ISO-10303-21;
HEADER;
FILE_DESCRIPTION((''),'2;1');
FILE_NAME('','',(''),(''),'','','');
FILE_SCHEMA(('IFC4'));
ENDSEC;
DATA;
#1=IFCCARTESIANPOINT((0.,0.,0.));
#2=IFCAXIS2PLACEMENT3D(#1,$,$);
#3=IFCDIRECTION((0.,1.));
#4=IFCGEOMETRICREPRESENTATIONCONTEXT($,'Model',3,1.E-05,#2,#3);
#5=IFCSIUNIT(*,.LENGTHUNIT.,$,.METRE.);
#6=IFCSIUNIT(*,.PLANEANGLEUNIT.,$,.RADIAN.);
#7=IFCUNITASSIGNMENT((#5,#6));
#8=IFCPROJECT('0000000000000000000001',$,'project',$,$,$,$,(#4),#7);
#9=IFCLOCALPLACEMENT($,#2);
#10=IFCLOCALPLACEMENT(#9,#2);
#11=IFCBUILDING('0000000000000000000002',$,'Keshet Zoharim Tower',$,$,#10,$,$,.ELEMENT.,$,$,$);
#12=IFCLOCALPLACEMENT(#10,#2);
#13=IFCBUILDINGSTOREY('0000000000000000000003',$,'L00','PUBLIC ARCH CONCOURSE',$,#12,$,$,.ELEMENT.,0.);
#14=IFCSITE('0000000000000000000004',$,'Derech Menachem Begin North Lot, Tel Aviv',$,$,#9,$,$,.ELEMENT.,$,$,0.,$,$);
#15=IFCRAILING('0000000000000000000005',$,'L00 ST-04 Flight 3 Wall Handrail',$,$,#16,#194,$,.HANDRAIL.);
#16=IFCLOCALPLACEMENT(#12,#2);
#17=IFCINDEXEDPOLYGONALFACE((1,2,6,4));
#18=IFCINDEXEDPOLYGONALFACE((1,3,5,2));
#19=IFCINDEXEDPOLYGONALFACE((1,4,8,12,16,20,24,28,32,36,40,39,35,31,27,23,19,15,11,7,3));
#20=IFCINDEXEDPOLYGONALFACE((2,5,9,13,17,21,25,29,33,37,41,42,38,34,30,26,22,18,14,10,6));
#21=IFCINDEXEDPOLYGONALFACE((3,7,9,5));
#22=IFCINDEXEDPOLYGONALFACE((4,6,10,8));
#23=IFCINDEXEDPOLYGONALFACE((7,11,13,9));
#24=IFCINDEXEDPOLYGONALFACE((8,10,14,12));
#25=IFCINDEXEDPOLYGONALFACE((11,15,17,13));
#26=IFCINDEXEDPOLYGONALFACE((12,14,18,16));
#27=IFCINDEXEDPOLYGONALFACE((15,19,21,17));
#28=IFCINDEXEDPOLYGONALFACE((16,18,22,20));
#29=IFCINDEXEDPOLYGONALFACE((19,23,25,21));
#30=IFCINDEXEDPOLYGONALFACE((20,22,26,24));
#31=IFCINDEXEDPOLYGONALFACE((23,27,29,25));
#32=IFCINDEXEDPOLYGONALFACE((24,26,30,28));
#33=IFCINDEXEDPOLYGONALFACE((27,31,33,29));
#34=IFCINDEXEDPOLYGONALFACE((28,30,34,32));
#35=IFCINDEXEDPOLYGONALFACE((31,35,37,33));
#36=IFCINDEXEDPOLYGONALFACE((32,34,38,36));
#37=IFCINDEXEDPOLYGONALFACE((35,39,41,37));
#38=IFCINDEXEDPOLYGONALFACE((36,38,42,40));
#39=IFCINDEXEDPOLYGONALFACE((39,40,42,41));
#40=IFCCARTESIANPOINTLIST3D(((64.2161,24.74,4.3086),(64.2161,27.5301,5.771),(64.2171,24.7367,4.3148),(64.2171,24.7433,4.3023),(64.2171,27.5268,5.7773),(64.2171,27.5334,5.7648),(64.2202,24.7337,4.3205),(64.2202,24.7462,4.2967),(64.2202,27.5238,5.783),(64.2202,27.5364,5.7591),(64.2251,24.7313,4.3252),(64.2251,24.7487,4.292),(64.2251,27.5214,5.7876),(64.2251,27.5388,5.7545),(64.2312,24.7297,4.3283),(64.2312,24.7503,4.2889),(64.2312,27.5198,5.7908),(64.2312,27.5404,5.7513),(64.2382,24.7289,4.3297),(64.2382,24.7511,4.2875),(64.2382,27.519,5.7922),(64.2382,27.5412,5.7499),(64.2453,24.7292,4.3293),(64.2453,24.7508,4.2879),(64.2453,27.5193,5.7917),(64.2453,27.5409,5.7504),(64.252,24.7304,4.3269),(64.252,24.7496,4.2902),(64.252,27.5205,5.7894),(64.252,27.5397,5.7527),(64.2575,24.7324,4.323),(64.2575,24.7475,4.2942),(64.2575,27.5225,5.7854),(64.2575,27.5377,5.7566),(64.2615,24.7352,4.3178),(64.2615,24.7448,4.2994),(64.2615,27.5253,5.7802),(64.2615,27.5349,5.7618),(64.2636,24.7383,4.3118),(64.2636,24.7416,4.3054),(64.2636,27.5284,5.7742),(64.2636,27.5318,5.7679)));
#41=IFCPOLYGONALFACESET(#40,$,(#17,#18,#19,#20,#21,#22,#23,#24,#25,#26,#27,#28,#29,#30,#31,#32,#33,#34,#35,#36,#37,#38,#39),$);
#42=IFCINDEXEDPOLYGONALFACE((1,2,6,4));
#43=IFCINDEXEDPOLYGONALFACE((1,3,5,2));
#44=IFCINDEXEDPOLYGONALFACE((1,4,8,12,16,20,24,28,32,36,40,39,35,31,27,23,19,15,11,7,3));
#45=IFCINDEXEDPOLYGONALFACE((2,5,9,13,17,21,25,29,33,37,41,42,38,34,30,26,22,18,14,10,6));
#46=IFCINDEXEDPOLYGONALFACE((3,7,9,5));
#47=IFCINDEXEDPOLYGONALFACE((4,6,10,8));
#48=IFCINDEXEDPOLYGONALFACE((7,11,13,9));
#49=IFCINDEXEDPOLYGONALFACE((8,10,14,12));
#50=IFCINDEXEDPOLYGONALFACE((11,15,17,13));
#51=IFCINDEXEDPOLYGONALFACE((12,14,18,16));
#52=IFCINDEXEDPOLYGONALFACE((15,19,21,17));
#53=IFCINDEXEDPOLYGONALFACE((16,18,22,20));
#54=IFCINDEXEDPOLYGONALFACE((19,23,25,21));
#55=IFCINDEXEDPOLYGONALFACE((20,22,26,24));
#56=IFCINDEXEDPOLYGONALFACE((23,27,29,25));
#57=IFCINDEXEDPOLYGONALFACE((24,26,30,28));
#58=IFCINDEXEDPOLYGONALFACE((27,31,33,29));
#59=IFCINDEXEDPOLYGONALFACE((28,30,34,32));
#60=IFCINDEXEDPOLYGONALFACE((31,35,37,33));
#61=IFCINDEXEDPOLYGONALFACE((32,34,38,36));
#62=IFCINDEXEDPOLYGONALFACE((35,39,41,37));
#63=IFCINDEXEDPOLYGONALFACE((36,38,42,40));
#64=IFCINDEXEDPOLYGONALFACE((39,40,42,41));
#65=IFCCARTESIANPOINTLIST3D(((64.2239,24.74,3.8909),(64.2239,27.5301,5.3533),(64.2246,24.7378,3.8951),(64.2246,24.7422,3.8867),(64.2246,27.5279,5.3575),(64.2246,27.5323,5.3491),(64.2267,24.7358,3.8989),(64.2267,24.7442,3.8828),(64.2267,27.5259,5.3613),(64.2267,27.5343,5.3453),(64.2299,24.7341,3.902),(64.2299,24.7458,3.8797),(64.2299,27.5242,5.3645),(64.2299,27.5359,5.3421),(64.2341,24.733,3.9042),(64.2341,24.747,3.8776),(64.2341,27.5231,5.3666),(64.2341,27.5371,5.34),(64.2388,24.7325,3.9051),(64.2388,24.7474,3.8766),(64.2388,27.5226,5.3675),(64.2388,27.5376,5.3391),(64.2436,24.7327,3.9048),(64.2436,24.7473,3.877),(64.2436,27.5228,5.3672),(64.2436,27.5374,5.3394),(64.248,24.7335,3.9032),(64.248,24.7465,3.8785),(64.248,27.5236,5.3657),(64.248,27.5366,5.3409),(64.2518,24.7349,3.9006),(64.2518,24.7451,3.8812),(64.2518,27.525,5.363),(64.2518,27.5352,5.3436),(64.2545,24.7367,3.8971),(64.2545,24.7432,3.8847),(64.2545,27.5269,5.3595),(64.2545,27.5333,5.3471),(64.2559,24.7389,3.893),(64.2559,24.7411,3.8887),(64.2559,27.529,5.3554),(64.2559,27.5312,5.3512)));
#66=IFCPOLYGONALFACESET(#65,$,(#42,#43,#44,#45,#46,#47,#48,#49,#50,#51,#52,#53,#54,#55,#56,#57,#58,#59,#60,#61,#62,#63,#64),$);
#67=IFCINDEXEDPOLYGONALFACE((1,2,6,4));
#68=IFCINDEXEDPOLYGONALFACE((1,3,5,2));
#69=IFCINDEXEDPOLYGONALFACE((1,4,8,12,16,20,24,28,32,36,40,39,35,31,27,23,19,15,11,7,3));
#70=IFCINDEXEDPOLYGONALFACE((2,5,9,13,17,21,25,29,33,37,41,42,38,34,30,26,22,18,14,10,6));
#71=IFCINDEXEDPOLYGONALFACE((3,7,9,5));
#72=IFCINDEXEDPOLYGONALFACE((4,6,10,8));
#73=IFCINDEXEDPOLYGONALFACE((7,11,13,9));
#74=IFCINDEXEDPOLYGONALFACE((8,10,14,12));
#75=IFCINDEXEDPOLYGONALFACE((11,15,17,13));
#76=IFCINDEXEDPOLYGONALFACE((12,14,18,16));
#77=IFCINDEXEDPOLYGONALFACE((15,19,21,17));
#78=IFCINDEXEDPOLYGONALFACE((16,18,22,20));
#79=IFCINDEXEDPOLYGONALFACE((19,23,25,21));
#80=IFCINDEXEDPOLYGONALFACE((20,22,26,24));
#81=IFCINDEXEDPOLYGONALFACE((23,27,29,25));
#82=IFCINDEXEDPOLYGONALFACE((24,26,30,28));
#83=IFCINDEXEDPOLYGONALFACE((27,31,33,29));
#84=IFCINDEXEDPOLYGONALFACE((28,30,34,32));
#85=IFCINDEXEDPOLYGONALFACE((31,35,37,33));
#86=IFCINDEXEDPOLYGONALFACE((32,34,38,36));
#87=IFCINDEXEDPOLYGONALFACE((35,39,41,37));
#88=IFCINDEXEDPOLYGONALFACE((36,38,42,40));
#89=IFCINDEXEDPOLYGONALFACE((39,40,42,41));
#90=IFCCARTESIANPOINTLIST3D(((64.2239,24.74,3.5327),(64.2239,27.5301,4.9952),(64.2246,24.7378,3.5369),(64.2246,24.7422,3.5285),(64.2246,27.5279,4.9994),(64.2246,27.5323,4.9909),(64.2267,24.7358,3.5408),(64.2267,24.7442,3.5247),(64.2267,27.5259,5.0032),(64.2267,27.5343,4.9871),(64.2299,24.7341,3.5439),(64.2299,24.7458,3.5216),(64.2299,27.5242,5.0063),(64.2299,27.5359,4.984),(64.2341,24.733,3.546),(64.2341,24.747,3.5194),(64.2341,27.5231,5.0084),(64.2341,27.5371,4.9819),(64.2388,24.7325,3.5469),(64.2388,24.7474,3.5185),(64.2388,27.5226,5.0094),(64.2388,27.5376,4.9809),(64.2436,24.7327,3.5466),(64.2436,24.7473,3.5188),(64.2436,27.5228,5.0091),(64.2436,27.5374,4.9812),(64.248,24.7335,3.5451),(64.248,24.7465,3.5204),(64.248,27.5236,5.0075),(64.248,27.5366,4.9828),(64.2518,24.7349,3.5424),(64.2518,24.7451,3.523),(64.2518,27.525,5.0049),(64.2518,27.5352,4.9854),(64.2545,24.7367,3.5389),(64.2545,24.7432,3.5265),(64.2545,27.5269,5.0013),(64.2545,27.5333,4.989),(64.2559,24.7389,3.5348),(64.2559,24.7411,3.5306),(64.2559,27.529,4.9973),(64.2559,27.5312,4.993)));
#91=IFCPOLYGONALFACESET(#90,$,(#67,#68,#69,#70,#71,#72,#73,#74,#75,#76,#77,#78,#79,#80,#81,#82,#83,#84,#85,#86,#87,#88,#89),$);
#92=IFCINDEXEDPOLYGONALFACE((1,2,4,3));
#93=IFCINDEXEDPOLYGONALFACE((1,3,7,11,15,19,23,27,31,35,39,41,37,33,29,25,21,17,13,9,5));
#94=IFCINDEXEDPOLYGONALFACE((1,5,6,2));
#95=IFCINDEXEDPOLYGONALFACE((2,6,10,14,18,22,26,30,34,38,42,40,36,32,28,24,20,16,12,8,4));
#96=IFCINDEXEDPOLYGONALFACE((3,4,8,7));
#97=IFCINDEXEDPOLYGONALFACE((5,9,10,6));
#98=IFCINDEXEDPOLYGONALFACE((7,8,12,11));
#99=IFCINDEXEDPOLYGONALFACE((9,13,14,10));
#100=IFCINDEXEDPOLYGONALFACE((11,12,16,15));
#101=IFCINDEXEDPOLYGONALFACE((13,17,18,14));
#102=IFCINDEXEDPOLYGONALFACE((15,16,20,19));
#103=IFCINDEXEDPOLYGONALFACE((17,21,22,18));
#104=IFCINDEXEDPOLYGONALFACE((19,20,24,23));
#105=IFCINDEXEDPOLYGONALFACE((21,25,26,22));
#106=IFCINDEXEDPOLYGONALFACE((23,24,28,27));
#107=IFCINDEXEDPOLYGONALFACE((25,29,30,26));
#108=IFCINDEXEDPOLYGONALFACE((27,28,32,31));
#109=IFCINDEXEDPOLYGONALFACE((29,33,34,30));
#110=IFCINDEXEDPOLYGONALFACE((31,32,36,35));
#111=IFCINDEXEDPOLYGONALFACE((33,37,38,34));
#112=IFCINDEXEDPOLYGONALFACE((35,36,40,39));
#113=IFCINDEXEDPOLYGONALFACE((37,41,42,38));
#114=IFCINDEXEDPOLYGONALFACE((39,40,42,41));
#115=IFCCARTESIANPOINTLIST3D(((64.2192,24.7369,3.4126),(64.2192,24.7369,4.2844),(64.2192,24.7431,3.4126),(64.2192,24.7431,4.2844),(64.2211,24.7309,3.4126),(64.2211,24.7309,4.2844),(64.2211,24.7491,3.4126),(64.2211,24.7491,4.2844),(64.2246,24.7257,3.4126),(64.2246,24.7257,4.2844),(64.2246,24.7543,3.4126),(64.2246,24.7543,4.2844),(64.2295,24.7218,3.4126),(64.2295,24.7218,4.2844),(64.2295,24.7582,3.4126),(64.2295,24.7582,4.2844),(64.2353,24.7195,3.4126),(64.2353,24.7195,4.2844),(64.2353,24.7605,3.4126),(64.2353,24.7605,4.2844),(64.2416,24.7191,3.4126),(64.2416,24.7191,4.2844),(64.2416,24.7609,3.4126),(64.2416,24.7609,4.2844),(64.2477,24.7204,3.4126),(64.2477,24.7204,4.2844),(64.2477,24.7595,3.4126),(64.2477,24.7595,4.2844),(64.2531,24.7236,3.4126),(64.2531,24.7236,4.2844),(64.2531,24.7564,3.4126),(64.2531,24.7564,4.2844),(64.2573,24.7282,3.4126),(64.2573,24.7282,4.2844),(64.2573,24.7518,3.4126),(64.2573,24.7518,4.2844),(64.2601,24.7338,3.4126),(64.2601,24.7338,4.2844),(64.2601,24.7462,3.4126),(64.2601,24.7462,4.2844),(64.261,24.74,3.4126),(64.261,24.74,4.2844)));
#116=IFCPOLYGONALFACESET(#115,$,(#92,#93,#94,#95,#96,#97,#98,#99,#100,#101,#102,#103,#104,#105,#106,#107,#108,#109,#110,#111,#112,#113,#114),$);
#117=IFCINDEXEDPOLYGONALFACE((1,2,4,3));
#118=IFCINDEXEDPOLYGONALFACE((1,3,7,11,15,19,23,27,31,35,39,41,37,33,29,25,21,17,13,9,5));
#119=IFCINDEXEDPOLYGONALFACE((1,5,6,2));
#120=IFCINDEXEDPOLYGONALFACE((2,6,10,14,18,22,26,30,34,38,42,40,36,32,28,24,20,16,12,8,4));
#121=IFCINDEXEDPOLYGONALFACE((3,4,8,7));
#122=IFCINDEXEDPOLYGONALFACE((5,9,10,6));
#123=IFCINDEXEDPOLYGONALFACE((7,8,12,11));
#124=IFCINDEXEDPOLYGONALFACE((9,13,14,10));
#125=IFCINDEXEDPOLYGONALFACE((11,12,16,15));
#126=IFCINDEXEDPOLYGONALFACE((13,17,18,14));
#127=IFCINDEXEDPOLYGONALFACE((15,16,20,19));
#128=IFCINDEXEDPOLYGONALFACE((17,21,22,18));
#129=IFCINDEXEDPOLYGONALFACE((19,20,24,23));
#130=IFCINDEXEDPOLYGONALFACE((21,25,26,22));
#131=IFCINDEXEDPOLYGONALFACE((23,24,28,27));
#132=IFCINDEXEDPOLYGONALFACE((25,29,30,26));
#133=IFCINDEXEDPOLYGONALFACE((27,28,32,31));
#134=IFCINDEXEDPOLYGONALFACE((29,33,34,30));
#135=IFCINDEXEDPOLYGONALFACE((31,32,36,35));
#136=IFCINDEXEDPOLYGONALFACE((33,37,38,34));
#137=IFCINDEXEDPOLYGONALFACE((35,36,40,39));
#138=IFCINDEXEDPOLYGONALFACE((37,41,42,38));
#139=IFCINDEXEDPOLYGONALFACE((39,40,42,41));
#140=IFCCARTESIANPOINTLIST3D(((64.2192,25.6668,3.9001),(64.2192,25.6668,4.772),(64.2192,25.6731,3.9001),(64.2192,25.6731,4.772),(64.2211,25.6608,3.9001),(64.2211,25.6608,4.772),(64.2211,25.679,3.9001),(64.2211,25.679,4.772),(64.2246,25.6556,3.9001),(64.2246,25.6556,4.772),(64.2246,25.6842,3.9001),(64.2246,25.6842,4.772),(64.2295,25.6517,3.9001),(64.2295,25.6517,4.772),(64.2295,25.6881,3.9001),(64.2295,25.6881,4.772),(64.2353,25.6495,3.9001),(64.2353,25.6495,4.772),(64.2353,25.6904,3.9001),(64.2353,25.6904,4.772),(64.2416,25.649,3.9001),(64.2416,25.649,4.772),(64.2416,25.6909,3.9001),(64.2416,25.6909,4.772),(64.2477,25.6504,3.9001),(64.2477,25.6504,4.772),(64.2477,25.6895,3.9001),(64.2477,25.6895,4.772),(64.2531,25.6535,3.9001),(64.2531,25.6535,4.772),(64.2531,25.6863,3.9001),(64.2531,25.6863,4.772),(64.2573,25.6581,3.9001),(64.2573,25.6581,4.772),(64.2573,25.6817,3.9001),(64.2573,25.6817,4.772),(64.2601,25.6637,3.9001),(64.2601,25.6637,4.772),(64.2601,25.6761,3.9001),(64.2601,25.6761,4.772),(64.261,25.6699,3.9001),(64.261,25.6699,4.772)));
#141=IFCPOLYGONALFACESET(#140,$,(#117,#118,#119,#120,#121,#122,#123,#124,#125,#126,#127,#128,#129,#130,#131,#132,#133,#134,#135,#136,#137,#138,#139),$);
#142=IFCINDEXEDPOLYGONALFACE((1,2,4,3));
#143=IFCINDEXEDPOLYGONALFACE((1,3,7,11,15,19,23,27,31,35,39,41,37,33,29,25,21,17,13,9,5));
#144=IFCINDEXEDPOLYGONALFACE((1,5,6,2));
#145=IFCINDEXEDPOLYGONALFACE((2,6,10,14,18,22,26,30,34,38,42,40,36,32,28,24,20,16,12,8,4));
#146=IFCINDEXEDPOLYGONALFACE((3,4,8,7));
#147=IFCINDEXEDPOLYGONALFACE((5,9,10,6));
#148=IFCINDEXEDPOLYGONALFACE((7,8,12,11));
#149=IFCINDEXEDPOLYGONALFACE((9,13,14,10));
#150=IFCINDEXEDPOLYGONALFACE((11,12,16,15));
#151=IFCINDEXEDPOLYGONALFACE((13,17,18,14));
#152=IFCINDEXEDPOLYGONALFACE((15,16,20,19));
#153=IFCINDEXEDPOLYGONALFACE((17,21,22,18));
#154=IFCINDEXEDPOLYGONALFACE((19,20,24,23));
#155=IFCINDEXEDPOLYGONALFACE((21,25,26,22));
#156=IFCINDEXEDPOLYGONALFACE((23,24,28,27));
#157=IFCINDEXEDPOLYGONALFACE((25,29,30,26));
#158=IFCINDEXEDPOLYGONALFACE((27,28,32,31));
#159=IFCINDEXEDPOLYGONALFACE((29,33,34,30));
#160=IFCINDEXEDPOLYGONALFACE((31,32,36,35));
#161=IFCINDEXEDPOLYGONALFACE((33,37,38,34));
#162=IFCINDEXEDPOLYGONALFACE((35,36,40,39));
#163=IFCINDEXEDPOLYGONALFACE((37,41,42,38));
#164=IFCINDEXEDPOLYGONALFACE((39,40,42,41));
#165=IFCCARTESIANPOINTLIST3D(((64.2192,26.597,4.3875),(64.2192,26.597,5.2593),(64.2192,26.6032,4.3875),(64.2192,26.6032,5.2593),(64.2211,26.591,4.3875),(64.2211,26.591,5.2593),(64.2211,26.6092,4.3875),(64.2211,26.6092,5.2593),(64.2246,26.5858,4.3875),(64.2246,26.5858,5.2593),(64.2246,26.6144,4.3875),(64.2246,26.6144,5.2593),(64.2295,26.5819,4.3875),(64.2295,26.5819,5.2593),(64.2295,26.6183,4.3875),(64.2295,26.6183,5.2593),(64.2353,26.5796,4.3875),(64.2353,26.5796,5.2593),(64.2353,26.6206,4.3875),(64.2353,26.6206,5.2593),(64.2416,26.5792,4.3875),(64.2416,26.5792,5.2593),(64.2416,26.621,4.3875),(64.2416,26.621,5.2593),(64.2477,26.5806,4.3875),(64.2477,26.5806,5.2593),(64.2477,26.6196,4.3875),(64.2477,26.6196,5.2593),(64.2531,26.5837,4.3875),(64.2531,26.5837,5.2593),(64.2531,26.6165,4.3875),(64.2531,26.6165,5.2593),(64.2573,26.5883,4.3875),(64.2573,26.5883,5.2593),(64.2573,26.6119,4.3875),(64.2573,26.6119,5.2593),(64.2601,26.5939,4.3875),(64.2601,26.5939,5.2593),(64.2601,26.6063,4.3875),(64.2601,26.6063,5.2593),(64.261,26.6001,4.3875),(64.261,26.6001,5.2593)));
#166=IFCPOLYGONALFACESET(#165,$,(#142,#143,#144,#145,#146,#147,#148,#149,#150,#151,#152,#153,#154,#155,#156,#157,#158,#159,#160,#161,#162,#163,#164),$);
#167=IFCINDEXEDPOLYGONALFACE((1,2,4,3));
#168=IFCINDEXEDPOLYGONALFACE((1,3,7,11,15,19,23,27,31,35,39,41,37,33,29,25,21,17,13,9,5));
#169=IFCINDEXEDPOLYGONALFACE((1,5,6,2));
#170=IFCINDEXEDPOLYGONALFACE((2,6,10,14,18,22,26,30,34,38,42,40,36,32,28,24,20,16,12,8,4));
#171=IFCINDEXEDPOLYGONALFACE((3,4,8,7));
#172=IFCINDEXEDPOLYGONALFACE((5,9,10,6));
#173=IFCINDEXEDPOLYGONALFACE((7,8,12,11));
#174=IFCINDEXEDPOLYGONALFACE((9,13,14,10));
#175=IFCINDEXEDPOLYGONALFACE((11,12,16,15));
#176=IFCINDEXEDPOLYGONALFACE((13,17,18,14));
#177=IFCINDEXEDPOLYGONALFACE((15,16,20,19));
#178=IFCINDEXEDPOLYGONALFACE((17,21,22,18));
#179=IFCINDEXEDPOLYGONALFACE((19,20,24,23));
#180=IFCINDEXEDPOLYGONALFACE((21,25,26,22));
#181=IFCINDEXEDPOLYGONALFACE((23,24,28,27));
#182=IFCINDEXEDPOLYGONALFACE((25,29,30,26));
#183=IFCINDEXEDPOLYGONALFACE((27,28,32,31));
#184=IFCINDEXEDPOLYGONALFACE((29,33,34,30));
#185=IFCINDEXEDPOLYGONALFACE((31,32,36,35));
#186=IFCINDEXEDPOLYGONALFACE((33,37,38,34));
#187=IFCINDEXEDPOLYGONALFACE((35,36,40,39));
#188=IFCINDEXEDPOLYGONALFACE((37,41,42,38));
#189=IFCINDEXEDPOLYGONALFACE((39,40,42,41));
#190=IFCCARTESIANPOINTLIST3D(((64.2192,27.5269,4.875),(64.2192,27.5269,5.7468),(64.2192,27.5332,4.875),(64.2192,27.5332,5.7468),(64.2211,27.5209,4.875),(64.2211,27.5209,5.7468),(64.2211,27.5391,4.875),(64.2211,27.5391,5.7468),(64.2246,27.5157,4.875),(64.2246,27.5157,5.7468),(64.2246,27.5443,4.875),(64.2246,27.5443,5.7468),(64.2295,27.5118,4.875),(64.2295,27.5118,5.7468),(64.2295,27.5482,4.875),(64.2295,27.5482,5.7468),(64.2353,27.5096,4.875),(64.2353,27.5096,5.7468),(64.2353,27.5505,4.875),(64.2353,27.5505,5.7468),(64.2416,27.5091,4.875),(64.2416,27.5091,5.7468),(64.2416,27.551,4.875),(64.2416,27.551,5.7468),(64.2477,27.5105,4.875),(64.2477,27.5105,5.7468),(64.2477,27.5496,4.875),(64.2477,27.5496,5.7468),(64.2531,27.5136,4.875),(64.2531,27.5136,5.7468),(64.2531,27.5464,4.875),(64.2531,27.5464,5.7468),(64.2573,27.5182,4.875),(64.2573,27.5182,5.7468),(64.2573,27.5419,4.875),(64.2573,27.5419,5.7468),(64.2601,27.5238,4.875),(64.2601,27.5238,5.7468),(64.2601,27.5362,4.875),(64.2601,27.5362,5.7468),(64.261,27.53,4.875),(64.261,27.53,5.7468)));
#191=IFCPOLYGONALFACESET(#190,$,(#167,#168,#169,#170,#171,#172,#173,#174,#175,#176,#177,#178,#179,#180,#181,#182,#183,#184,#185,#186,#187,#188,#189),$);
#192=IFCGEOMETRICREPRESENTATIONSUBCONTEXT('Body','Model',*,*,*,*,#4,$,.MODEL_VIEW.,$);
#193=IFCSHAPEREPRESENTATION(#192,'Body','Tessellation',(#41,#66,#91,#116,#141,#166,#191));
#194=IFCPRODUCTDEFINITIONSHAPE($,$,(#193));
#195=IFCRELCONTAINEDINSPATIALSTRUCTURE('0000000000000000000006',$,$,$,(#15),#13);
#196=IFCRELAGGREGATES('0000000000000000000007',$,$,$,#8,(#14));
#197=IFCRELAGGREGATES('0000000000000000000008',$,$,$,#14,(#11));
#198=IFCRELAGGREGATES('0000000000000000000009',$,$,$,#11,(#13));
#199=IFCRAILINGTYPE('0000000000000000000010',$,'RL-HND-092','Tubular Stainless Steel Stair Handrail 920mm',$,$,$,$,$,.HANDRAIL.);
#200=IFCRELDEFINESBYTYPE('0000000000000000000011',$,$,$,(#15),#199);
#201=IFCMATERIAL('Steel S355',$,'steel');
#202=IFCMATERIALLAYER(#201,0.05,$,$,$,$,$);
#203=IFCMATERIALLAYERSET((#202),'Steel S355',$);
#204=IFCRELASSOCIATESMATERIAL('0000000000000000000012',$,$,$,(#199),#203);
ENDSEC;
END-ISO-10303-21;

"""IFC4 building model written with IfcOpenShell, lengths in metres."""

from ifc_helpers import new_model, si_unit, direction, frame, origin, origin_2d, place, context, subcontext, project, spatial, circle, extrude, material, layer, layer_set, type_object, element, save


model = new_model("IFC4")

# Units and contexts
model_context = context("Model", 3, precision=1e-05, world=origin(), true_north=direction((0.0, 1.0)))
body_context = subcontext(model_context, "Body", "Model", "MODEL_VIEW")
ifc_project = project(units=[si_unit("LENGTHUNIT", "METRE"), si_unit("PLANEANGLEUNIT", "RADIAN")], contexts=[model_context])

# Site, building, storey
site_placement = place(None, origin())
site = spatial("IfcSite", under=ifc_project, at=site_placement, Name="Derech Menachem Begin North Lot, Tel Aviv", CompositionType="ELEMENT", RefElevation=0.0)
building_placement = place(site_placement, origin())
building = spatial("IfcBuilding", under=site, at=building_placement, Name="Keshet Zoharim Tower", CompositionType="ELEMENT")
storey_placement = place(building_placement, origin())
storey = spatial("IfcBuildingStorey", under=building, at=storey_placement, Name="L00", Description="PUBLIC ARCH CONCOURSE", CompositionType="ELEMENT", Elevation=0.0)

# Shared definitions
ifc_material_1 = material(Name="Steel S355", Category="steel")

# Railing
ifc_layer_1 = layer(ifc_material_1, 0.05)
ifc_layer_set_1 = layer_set([ifc_layer_1], Name="Steel S355")
railing_type_1 = type_object("IfcRailingType", Name="RL-HND-092", Description="Tubular Stainless Steel Stair Handrail 920mm", PredefinedType="HANDRAIL", material=ifc_layer_set_1)
railing_1_placement = place(storey_placement, frame((64.24, 24.74, 3.4126)))
element("IfcRailing", 1, at=railing_1_placement, inside=storey, type_object=railing_type_1, Name="L00 ST-04 Flight 3 Wall Handrail", PredefinedType="HANDRAIL", context=body_context, shape_type="SweptSolid", body=[
    extrude(circle(Radius=0.0239, at=origin_2d()), frame((0.0, 0.0, 0.896), z_axis=(0.0, 0.885707, 0.464244), x_axis=(-1.0, 0.0, 0.0)), (0.0, 0.0, 1.0), 3.1501),
    extrude(circle(Radius=0.0161, at=origin_2d()), frame((0.0, 0.0, 0.4783), z_axis=(0.0, 0.885707, 0.464244), x_axis=(-1.0, 0.0, 0.0)), (0.0, 0.0, 1.0), 3.1501),
    extrude(circle(Radius=0.0161, at=origin_2d()), frame((0.0, 0.0, 0.1201), z_axis=(0.0, 0.885707, 0.464244), x_axis=(-1.0, 0.0, 0.0)), (0.0, 0.0, 1.0), 3.1501),
    extrude(circle(Radius=0.021, at=origin_2d()), origin(), (0.0, 0.0, 1.0), 0.8718),
    extrude(circle(Radius=0.021, at=origin_2d()), frame((0.0, 0.9299, 0.4875)), (0.0, 0.0, 1.0), 0.8718),
    extrude(circle(Radius=0.021, at=origin_2d()), frame((0.0, 1.8601, 0.9749)), (0.0, 0.0, 1.0), 0.8718),
    extrude(circle(Radius=0.021, at=origin_2d()), frame((0.0, 2.79, 1.4624)), (0.0, 0.0, 1.0), 0.8718),
])

save(model, "model.ifc")
